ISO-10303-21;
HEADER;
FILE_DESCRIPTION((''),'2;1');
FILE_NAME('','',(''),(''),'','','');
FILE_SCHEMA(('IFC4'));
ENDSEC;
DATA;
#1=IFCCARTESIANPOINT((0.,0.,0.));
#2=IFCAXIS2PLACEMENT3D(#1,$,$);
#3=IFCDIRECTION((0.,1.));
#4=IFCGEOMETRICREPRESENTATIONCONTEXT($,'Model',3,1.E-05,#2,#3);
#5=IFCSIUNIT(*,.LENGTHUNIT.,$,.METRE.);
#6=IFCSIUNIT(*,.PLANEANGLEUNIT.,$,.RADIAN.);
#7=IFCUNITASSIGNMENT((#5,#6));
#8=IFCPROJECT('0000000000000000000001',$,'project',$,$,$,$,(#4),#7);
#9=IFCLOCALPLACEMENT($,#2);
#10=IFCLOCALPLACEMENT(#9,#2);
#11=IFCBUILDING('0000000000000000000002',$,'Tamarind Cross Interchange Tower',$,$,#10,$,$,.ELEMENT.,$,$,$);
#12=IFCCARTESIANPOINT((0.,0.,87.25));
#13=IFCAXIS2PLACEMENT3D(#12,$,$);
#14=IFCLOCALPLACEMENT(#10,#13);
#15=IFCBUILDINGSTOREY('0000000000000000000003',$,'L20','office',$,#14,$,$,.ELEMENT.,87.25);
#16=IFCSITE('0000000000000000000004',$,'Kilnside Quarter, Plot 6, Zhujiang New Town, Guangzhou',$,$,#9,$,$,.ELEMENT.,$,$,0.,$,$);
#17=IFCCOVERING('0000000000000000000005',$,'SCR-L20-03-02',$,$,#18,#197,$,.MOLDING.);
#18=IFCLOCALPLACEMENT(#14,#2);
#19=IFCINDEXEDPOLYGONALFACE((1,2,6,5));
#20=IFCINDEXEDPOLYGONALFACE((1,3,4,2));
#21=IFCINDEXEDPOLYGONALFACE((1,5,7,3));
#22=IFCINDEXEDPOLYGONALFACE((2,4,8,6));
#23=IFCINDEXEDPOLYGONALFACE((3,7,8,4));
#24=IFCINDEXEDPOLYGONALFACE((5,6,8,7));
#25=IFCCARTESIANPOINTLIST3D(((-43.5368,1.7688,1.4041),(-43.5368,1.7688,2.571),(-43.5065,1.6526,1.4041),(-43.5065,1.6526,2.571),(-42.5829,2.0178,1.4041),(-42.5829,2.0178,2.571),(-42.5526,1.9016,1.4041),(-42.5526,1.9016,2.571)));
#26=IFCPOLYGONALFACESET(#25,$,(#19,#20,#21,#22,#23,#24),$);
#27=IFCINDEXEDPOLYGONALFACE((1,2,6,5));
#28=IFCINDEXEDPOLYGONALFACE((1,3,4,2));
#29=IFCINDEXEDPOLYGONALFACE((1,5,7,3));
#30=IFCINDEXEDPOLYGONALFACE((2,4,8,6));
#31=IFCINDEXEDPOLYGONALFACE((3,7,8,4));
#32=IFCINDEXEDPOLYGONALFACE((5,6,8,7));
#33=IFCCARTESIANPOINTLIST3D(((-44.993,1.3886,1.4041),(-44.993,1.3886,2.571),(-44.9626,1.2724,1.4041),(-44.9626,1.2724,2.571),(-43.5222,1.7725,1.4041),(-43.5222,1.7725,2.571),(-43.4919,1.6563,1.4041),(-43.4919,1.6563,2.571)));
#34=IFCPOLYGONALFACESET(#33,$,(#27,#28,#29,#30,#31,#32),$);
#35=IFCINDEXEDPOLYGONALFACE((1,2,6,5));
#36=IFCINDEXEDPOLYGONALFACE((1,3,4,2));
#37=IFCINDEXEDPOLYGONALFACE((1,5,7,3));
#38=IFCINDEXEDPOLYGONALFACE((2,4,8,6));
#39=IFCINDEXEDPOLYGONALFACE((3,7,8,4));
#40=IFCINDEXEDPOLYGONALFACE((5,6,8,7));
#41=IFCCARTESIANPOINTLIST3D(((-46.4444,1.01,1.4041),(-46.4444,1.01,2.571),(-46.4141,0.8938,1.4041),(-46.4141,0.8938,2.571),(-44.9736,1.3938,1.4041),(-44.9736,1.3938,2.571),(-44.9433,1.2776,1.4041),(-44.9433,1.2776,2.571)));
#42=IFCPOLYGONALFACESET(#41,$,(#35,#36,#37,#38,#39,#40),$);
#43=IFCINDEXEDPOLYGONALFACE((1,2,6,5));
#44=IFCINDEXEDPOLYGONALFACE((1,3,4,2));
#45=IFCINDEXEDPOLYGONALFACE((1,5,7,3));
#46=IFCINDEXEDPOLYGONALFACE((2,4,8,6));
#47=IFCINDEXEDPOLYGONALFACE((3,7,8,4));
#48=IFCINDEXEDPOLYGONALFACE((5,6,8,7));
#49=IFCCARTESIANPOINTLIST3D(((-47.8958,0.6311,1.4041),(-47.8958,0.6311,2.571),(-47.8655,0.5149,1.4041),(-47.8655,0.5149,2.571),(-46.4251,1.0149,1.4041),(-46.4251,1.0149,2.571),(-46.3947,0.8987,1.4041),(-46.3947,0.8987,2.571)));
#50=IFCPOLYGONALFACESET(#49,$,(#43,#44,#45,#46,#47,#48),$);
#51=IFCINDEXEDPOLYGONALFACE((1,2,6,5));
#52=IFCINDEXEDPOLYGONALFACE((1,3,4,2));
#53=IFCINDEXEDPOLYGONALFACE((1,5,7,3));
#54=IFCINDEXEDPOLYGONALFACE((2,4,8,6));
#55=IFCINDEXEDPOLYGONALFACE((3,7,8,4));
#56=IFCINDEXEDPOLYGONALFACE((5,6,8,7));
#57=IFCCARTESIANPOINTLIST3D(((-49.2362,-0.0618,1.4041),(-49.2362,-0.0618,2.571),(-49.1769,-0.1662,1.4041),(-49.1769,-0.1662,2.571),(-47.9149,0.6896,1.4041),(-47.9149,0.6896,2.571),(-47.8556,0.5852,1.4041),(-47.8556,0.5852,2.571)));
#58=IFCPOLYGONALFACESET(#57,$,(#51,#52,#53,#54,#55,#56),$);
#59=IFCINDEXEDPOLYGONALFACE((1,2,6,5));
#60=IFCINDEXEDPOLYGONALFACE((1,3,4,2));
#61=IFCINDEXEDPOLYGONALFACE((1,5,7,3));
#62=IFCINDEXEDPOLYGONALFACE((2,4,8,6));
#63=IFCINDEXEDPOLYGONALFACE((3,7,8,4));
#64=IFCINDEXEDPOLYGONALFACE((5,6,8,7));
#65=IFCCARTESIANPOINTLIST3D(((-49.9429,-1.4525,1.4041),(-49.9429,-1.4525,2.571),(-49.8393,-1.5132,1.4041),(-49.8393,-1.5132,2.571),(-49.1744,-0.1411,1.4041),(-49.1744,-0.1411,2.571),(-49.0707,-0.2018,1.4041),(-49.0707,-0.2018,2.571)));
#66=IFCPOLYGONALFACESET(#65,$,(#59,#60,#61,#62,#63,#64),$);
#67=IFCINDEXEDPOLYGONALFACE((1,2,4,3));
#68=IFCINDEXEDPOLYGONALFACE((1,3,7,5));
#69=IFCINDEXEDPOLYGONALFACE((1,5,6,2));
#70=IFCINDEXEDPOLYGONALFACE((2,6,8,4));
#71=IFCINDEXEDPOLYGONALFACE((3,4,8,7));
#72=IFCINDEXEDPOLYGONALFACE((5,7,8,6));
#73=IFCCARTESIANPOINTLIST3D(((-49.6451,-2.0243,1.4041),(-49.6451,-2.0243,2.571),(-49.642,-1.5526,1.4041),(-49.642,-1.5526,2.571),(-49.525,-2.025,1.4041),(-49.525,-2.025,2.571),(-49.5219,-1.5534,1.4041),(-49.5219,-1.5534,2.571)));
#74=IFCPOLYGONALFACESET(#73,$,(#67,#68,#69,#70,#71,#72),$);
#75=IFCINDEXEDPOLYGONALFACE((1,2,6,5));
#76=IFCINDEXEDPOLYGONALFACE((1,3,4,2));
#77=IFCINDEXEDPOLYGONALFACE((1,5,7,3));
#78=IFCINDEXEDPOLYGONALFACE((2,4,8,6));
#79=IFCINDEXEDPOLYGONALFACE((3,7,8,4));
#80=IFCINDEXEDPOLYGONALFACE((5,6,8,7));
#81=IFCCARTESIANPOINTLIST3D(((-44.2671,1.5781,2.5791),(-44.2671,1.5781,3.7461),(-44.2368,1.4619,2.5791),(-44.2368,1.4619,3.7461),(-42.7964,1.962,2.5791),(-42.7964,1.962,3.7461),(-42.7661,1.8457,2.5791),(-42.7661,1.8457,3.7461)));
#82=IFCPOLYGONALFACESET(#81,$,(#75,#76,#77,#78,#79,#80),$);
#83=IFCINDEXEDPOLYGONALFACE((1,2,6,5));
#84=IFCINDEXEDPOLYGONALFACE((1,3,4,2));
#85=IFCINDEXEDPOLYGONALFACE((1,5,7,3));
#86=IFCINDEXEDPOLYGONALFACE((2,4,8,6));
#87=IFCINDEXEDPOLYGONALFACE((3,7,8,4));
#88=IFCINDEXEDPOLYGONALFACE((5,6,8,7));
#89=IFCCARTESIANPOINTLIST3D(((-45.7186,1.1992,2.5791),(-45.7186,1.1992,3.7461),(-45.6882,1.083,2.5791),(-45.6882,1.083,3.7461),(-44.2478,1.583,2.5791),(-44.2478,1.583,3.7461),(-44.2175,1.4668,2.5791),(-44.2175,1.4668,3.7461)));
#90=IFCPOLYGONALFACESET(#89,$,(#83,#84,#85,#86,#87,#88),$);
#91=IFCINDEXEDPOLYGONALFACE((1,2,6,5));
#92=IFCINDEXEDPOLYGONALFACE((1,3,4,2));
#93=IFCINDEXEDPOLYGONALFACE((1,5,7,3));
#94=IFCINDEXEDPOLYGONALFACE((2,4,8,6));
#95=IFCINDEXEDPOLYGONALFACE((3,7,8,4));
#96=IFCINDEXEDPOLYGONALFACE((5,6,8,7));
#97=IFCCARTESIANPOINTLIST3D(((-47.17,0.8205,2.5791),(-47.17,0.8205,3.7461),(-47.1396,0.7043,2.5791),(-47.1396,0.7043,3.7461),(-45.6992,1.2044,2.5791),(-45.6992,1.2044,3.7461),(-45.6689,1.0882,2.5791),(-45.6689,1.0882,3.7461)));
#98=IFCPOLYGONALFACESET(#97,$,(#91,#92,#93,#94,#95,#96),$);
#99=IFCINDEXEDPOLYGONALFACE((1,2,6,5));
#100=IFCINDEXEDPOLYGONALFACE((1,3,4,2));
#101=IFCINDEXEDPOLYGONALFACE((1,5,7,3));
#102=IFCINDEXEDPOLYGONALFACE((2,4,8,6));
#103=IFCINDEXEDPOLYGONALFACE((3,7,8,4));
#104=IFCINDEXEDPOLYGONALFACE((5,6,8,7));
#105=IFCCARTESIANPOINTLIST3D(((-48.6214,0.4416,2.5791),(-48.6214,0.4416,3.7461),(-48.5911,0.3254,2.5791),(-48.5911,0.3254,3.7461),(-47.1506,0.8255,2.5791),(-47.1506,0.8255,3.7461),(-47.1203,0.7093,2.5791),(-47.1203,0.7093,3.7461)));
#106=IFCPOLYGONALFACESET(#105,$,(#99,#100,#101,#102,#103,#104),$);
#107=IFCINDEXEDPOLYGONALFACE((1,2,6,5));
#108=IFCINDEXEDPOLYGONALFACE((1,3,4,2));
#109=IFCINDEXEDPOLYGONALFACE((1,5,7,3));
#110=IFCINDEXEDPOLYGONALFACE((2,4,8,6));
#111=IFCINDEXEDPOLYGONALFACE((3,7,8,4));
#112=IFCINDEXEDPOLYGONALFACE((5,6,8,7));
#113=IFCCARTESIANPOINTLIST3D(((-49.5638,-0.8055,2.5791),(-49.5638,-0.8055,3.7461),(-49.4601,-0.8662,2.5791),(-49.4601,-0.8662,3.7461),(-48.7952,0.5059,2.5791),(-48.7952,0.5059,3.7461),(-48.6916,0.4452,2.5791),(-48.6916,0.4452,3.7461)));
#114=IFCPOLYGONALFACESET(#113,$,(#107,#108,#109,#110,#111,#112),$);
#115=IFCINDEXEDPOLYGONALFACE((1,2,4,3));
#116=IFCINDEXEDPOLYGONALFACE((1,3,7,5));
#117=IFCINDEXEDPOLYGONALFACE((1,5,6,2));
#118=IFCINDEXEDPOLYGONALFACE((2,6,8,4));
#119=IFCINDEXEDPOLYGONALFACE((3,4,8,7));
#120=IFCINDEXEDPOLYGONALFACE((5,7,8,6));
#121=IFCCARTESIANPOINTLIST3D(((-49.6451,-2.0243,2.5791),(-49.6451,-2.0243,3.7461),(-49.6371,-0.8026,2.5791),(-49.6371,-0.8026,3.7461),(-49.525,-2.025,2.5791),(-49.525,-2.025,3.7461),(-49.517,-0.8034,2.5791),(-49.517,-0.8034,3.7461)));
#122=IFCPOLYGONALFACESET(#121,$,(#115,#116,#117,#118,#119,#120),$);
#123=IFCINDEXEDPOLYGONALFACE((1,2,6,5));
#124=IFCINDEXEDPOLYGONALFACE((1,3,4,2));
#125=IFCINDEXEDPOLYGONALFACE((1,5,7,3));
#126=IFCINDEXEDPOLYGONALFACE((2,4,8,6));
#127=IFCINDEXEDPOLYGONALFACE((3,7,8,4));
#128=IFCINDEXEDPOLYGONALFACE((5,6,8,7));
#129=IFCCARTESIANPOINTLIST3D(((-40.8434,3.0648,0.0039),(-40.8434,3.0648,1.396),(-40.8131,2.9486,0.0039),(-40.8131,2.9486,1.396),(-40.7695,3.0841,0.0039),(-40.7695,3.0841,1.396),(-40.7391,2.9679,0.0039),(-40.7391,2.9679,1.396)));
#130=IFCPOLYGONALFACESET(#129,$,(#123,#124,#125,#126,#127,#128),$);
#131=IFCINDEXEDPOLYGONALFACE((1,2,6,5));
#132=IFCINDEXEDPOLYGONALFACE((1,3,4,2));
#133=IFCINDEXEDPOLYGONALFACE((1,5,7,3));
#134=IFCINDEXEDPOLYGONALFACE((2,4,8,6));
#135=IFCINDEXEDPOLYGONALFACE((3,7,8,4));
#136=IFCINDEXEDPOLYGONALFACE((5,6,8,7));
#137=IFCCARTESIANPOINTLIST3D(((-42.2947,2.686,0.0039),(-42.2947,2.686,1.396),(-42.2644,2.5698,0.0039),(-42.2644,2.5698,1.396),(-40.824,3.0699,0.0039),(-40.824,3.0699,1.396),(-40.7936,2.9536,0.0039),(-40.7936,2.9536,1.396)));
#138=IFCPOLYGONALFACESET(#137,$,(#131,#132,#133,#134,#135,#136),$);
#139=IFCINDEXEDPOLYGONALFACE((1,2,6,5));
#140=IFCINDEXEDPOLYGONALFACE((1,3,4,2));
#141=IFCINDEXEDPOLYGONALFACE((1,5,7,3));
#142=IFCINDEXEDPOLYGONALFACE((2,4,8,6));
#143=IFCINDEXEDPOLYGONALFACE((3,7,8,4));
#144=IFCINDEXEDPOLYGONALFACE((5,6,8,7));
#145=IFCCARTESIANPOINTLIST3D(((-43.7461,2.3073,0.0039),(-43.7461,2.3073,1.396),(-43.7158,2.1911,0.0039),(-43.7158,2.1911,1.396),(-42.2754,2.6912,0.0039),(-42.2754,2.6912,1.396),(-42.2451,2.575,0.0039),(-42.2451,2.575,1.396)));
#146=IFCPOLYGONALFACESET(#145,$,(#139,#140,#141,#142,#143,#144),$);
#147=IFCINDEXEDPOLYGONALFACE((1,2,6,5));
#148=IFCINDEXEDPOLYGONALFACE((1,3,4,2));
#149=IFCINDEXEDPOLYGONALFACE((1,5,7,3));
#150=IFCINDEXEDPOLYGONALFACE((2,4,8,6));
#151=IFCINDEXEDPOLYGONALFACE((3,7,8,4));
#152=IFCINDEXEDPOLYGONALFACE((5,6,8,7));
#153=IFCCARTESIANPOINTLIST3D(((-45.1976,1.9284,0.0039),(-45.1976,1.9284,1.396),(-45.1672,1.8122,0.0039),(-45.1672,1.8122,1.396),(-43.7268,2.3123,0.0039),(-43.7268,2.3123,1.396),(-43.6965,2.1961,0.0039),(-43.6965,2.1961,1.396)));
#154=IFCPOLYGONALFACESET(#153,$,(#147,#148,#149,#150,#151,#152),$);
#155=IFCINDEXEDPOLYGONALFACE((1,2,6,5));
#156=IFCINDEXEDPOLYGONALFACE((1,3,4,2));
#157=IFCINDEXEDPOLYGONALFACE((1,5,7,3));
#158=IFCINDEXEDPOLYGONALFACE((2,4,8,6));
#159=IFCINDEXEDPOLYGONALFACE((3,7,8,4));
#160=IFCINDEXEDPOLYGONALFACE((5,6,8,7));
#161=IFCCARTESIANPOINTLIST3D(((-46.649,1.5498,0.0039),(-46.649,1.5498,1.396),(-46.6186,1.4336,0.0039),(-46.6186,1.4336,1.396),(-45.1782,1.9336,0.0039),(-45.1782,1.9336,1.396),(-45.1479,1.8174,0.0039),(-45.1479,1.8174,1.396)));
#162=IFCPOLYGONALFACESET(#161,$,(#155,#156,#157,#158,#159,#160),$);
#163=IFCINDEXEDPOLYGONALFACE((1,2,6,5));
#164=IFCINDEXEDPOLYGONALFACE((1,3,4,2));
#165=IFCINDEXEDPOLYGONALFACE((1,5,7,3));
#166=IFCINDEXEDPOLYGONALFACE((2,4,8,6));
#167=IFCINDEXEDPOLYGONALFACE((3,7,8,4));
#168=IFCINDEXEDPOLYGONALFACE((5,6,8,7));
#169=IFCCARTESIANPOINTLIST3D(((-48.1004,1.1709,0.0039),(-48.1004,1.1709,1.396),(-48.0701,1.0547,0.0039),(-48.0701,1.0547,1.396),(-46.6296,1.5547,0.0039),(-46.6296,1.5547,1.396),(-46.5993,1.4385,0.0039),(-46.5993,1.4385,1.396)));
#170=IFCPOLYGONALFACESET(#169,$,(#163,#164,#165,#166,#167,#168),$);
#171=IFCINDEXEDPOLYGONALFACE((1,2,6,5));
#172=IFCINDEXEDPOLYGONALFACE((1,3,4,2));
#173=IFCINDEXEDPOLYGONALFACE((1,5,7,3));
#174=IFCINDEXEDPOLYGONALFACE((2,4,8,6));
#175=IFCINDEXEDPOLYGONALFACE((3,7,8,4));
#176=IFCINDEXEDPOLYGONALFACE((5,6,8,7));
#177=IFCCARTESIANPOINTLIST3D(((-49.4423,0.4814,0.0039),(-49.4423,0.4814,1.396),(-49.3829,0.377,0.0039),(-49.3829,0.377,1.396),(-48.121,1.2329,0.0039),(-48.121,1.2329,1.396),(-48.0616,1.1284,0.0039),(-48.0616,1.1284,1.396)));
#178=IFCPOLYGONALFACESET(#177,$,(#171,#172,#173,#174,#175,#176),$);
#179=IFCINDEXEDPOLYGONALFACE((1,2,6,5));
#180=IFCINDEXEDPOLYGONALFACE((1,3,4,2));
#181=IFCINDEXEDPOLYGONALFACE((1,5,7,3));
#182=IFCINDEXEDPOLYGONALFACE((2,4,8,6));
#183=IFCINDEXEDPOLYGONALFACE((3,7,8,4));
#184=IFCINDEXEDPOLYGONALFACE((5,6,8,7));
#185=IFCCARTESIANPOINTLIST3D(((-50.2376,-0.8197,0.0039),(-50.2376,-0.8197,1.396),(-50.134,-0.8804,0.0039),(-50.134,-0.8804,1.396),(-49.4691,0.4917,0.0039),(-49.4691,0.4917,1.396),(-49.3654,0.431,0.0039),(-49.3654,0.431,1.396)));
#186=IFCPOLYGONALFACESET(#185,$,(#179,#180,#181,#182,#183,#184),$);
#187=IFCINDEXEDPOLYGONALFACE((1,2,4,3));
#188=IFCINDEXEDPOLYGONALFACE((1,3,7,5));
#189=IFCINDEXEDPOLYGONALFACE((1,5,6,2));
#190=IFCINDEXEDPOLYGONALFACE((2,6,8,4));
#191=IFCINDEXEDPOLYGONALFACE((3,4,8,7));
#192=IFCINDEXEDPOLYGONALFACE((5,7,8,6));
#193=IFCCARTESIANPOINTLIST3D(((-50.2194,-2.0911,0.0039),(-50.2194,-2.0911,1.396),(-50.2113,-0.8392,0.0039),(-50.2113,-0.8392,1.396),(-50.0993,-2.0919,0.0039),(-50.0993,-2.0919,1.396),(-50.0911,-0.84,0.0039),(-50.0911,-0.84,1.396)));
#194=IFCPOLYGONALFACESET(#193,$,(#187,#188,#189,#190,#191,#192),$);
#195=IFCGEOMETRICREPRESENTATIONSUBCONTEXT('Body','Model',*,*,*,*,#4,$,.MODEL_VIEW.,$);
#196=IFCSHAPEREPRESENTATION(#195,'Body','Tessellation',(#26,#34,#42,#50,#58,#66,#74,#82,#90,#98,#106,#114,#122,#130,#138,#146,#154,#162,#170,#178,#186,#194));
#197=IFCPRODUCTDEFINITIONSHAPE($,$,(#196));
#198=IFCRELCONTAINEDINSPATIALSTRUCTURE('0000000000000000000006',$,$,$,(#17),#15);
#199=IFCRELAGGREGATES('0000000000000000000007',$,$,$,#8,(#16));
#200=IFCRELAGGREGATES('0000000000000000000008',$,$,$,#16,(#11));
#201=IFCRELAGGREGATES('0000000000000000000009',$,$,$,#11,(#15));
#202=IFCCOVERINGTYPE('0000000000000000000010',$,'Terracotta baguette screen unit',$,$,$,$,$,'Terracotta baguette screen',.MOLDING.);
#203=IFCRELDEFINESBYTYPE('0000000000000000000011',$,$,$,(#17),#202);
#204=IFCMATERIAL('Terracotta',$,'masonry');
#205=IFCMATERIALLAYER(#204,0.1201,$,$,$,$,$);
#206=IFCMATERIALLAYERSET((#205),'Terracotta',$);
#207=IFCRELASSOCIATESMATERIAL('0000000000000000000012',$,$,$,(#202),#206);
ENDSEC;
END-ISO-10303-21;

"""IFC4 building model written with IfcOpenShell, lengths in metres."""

from ifc_helpers import new_model, si_unit, direction, frame, origin, origin_2d, place, context, subcontext, project, spatial, rectangle, extrude, material, layer, layer_set, type_object, element, save


model = new_model("IFC4")

# Units and contexts
model_context = context("Model", 3, precision=1e-05, world=origin(), true_north=direction((0.0, 1.0)))
body_context = subcontext(model_context, "Body", "Model", "MODEL_VIEW")
ifc_project = project(units=[si_unit("LENGTHUNIT", "METRE"), si_unit("PLANEANGLEUNIT", "RADIAN")], contexts=[model_context])

# Site, building, storey
site_placement = place(None, origin())
site = spatial("IfcSite", under=ifc_project, at=site_placement, Name="Kilnside Quarter, Plot 6, Zhujiang New Town, Guangzhou", CompositionType="ELEMENT", RefElevation=0.0)
building_placement = place(site_placement, origin())
building = spatial("IfcBuilding", under=site, at=building_placement, Name="Tamarind Cross Interchange Tower", CompositionType="ELEMENT")
storey_placement = place(building_placement, frame((0.0, 0.0, 87.25)))
storey = spatial("IfcBuildingStorey", under=building, at=storey_placement, Name="L20", Description="office", CompositionType="ELEMENT", Elevation=87.25)

# Covering
ifc_material_1 = material(Name="Terracotta", Category="masonry")
ifc_layer_1 = layer(ifc_material_1, 0.1201)
ifc_layer_set_1 = layer_set([ifc_layer_1], Name="Terracotta")
covering_type = type_object("IfcCoveringType", Name="Terracotta baguette screen unit", ElementType="Terracotta baguette screen", PredefinedType="MOLDING", material=ifc_layer_set_1)
covering_1_placement = place(storey_placement, origin())
element("IfcCovering", 1, at=covering_1_placement, inside=storey, type_object=covering_type, Name="SCR-L20-03-02", PredefinedType="MOLDING", context=body_context, shape_type="SweptSolid", body=[
    extrude(rectangle(XDim=0.9858, YDim=0.1201, at=origin_2d()), frame((-43.0447, 1.8352, 1.4041), z_axis=(0.0, 0.0, 1.0), x_axis=(-0.967589, -0.252529, 0.0)), (0.0, 0.0, 1.0), 1.167),
    extrude(rectangle(XDim=1.52, YDim=0.1201, at=origin_2d()), frame((-44.2424, 1.5225, 1.4041), z_axis=(0.0, 0.0, 1.0), x_axis=(-0.967589, -0.252529, 0.0)), (0.0, 0.0, 1.0), 1.167),
    extrude(rectangle(XDim=1.52, YDim=0.1201, at=origin_2d()), frame((-45.6938, 1.1438, 1.4041), z_axis=(0.0, 0.0, 1.0), x_axis=(-0.967589, -0.252529, 0.0)), (0.0, 0.0, 1.0), 1.167),
    extrude(rectangle(XDim=1.52, YDim=0.1201, at=origin_2d()), frame((-47.1453, 0.7649, 1.4041), z_axis=(0.0, 0.0, 1.0), x_axis=(-0.967589, -0.252529, 0.0)), (0.0, 0.0, 1.0), 1.167),
    extrude(rectangle(XDim=1.52, YDim=0.1201, at=origin_2d()), frame((-48.5459, 0.2617, 1.4041), z_axis=(0.0, 0.0, 1.0), x_axis=(-0.86926, -0.494355, 0.0)), (0.0, 0.0, 1.0), 1.167),
    extrude(rectangle(XDim=1.52, YDim=0.1201, at=origin_2d()), frame((-49.5068, -0.8271, 1.4041), z_axis=(0.0, 0.0, 1.0), x_axis=(-0.505624, -0.862754, 0.0)), (0.0, 0.0, 1.0), 1.167),
    extrude(rectangle(XDim=0.4717, YDim=0.1201, at=origin_2d()), frame((-49.5835, -1.7888, 1.4041), z_axis=(0.0, 0.0, 1.0), x_axis=(-0.006507, -0.999979, 0.0)), (0.0, 0.0, 1.0), 1.167),
    extrude(rectangle(XDim=1.52, YDim=0.1201, at=origin_2d()), frame((-43.5166, 1.7119, 2.5791), z_axis=(0.0, 0.0, 1.0), x_axis=(-0.967589, -0.252529, 0.0)), (0.0, 0.0, 1.0), 1.167),
    extrude(rectangle(XDim=1.52, YDim=0.1201, at=origin_2d()), frame((-44.968, 1.333, 2.5791), z_axis=(0.0, 0.0, 1.0), x_axis=(-0.967589, -0.252529, 0.0)), (0.0, 0.0, 1.0), 1.167),
    extrude(rectangle(XDim=1.52, YDim=0.1201, at=origin_2d()), frame((-46.4194, 0.9543, 2.5791), z_axis=(0.0, 0.0, 1.0), x_axis=(-0.967589, -0.252529, 0.0)), (0.0, 0.0, 1.0), 1.167),
    extrude(rectangle(XDim=1.52, YDim=0.1201, at=origin_2d()), frame((-47.8708, 0.5754, 2.5791), z_axis=(0.0, 0.0, 1.0), x_axis=(-0.967589, -0.252529, 0.0)), (0.0, 0.0, 1.0), 1.167),
    extrude(rectangle(XDim=1.52, YDim=0.1201, at=origin_2d()), frame((-49.1277, -0.1802, 2.5791), z_axis=(0.0, 0.0, 1.0), x_axis=(-0.505624, -0.862754, 0.0)), (0.0, 0.0, 1.0), 1.167),
    extrude(rectangle(XDim=1.2217, YDim=0.1201, at=origin_2d()), frame((-49.5811, -1.4138, 2.5791), z_axis=(0.0, 0.0, 1.0), x_axis=(-0.006507, -0.999979, 0.0)), (0.0, 0.0, 1.0), 1.167),
    extrude(rectangle(XDim=0.0764, YDim=0.1201, at=origin_2d()), frame((-40.7913, 3.0164, 0.0039), z_axis=(0.0, 0.0, 1.0), x_axis=(-0.967589, -0.252529, 0.0)), (0.0, 0.0, 1.0), 1.3921),
    extrude(rectangle(XDim=1.52, YDim=0.1201, at=origin_2d()), frame((-41.5442, 2.8198, 0.0039), z_axis=(0.0, 0.0, 1.0), x_axis=(-0.967589, -0.252529, 0.0)), (0.0, 0.0, 1.0), 1.3921),
    extrude(rectangle(XDim=1.52, YDim=0.1201, at=origin_2d()), frame((-42.9956, 2.4412, 0.0039), z_axis=(0.0, 0.0, 1.0), x_axis=(-0.967589, -0.252529, 0.0)), (0.0, 0.0, 1.0), 1.3921),
    extrude(rectangle(XDim=1.52, YDim=0.1201, at=origin_2d()), frame((-44.447, 2.0623, 0.0039), z_axis=(0.0, 0.0, 1.0), x_axis=(-0.967589, -0.252529, 0.0)), (0.0, 0.0, 1.0), 1.3921),
    extrude(rectangle(XDim=1.52, YDim=0.1201, at=origin_2d()), frame((-45.8984, 1.6836, 0.0039), z_axis=(0.0, 0.0, 1.0), x_axis=(-0.967589, -0.252529, 0.0)), (0.0, 0.0, 1.0), 1.3921),
    extrude(rectangle(XDim=1.52, YDim=0.1201, at=origin_2d()), frame((-47.3499, 1.3047, 0.0039), z_axis=(0.0, 0.0, 1.0), x_axis=(-0.967589, -0.252529, 0.0)), (0.0, 0.0, 1.0), 1.3921),
    extrude(rectangle(XDim=1.52, YDim=0.1201, at=origin_2d()), frame((-48.752, 0.8049, 0.0039), z_axis=(0.0, 0.0, 1.0), x_axis=(-0.86926, -0.494355, 0.0)), (0.0, 0.0, 1.0), 1.3921),
    extrude(rectangle(XDim=1.52, YDim=0.1201, at=origin_2d()), frame((-49.8015, -0.1943, 0.0039), z_axis=(0.0, 0.0, 1.0), x_axis=(-0.505624, -0.862754, 0.0)), (0.0, 0.0, 1.0), 1.3921),
    extrude(rectangle(XDim=1.252, YDim=0.1201, at=origin_2d()), frame((-50.1553, -1.4656, 0.0039), z_axis=(0.0, 0.0, 1.0), x_axis=(-0.006507, -0.999979, 0.0)), (0.0, 0.0, 1.0), 1.3921),
])

save(model, "model.ifc")
